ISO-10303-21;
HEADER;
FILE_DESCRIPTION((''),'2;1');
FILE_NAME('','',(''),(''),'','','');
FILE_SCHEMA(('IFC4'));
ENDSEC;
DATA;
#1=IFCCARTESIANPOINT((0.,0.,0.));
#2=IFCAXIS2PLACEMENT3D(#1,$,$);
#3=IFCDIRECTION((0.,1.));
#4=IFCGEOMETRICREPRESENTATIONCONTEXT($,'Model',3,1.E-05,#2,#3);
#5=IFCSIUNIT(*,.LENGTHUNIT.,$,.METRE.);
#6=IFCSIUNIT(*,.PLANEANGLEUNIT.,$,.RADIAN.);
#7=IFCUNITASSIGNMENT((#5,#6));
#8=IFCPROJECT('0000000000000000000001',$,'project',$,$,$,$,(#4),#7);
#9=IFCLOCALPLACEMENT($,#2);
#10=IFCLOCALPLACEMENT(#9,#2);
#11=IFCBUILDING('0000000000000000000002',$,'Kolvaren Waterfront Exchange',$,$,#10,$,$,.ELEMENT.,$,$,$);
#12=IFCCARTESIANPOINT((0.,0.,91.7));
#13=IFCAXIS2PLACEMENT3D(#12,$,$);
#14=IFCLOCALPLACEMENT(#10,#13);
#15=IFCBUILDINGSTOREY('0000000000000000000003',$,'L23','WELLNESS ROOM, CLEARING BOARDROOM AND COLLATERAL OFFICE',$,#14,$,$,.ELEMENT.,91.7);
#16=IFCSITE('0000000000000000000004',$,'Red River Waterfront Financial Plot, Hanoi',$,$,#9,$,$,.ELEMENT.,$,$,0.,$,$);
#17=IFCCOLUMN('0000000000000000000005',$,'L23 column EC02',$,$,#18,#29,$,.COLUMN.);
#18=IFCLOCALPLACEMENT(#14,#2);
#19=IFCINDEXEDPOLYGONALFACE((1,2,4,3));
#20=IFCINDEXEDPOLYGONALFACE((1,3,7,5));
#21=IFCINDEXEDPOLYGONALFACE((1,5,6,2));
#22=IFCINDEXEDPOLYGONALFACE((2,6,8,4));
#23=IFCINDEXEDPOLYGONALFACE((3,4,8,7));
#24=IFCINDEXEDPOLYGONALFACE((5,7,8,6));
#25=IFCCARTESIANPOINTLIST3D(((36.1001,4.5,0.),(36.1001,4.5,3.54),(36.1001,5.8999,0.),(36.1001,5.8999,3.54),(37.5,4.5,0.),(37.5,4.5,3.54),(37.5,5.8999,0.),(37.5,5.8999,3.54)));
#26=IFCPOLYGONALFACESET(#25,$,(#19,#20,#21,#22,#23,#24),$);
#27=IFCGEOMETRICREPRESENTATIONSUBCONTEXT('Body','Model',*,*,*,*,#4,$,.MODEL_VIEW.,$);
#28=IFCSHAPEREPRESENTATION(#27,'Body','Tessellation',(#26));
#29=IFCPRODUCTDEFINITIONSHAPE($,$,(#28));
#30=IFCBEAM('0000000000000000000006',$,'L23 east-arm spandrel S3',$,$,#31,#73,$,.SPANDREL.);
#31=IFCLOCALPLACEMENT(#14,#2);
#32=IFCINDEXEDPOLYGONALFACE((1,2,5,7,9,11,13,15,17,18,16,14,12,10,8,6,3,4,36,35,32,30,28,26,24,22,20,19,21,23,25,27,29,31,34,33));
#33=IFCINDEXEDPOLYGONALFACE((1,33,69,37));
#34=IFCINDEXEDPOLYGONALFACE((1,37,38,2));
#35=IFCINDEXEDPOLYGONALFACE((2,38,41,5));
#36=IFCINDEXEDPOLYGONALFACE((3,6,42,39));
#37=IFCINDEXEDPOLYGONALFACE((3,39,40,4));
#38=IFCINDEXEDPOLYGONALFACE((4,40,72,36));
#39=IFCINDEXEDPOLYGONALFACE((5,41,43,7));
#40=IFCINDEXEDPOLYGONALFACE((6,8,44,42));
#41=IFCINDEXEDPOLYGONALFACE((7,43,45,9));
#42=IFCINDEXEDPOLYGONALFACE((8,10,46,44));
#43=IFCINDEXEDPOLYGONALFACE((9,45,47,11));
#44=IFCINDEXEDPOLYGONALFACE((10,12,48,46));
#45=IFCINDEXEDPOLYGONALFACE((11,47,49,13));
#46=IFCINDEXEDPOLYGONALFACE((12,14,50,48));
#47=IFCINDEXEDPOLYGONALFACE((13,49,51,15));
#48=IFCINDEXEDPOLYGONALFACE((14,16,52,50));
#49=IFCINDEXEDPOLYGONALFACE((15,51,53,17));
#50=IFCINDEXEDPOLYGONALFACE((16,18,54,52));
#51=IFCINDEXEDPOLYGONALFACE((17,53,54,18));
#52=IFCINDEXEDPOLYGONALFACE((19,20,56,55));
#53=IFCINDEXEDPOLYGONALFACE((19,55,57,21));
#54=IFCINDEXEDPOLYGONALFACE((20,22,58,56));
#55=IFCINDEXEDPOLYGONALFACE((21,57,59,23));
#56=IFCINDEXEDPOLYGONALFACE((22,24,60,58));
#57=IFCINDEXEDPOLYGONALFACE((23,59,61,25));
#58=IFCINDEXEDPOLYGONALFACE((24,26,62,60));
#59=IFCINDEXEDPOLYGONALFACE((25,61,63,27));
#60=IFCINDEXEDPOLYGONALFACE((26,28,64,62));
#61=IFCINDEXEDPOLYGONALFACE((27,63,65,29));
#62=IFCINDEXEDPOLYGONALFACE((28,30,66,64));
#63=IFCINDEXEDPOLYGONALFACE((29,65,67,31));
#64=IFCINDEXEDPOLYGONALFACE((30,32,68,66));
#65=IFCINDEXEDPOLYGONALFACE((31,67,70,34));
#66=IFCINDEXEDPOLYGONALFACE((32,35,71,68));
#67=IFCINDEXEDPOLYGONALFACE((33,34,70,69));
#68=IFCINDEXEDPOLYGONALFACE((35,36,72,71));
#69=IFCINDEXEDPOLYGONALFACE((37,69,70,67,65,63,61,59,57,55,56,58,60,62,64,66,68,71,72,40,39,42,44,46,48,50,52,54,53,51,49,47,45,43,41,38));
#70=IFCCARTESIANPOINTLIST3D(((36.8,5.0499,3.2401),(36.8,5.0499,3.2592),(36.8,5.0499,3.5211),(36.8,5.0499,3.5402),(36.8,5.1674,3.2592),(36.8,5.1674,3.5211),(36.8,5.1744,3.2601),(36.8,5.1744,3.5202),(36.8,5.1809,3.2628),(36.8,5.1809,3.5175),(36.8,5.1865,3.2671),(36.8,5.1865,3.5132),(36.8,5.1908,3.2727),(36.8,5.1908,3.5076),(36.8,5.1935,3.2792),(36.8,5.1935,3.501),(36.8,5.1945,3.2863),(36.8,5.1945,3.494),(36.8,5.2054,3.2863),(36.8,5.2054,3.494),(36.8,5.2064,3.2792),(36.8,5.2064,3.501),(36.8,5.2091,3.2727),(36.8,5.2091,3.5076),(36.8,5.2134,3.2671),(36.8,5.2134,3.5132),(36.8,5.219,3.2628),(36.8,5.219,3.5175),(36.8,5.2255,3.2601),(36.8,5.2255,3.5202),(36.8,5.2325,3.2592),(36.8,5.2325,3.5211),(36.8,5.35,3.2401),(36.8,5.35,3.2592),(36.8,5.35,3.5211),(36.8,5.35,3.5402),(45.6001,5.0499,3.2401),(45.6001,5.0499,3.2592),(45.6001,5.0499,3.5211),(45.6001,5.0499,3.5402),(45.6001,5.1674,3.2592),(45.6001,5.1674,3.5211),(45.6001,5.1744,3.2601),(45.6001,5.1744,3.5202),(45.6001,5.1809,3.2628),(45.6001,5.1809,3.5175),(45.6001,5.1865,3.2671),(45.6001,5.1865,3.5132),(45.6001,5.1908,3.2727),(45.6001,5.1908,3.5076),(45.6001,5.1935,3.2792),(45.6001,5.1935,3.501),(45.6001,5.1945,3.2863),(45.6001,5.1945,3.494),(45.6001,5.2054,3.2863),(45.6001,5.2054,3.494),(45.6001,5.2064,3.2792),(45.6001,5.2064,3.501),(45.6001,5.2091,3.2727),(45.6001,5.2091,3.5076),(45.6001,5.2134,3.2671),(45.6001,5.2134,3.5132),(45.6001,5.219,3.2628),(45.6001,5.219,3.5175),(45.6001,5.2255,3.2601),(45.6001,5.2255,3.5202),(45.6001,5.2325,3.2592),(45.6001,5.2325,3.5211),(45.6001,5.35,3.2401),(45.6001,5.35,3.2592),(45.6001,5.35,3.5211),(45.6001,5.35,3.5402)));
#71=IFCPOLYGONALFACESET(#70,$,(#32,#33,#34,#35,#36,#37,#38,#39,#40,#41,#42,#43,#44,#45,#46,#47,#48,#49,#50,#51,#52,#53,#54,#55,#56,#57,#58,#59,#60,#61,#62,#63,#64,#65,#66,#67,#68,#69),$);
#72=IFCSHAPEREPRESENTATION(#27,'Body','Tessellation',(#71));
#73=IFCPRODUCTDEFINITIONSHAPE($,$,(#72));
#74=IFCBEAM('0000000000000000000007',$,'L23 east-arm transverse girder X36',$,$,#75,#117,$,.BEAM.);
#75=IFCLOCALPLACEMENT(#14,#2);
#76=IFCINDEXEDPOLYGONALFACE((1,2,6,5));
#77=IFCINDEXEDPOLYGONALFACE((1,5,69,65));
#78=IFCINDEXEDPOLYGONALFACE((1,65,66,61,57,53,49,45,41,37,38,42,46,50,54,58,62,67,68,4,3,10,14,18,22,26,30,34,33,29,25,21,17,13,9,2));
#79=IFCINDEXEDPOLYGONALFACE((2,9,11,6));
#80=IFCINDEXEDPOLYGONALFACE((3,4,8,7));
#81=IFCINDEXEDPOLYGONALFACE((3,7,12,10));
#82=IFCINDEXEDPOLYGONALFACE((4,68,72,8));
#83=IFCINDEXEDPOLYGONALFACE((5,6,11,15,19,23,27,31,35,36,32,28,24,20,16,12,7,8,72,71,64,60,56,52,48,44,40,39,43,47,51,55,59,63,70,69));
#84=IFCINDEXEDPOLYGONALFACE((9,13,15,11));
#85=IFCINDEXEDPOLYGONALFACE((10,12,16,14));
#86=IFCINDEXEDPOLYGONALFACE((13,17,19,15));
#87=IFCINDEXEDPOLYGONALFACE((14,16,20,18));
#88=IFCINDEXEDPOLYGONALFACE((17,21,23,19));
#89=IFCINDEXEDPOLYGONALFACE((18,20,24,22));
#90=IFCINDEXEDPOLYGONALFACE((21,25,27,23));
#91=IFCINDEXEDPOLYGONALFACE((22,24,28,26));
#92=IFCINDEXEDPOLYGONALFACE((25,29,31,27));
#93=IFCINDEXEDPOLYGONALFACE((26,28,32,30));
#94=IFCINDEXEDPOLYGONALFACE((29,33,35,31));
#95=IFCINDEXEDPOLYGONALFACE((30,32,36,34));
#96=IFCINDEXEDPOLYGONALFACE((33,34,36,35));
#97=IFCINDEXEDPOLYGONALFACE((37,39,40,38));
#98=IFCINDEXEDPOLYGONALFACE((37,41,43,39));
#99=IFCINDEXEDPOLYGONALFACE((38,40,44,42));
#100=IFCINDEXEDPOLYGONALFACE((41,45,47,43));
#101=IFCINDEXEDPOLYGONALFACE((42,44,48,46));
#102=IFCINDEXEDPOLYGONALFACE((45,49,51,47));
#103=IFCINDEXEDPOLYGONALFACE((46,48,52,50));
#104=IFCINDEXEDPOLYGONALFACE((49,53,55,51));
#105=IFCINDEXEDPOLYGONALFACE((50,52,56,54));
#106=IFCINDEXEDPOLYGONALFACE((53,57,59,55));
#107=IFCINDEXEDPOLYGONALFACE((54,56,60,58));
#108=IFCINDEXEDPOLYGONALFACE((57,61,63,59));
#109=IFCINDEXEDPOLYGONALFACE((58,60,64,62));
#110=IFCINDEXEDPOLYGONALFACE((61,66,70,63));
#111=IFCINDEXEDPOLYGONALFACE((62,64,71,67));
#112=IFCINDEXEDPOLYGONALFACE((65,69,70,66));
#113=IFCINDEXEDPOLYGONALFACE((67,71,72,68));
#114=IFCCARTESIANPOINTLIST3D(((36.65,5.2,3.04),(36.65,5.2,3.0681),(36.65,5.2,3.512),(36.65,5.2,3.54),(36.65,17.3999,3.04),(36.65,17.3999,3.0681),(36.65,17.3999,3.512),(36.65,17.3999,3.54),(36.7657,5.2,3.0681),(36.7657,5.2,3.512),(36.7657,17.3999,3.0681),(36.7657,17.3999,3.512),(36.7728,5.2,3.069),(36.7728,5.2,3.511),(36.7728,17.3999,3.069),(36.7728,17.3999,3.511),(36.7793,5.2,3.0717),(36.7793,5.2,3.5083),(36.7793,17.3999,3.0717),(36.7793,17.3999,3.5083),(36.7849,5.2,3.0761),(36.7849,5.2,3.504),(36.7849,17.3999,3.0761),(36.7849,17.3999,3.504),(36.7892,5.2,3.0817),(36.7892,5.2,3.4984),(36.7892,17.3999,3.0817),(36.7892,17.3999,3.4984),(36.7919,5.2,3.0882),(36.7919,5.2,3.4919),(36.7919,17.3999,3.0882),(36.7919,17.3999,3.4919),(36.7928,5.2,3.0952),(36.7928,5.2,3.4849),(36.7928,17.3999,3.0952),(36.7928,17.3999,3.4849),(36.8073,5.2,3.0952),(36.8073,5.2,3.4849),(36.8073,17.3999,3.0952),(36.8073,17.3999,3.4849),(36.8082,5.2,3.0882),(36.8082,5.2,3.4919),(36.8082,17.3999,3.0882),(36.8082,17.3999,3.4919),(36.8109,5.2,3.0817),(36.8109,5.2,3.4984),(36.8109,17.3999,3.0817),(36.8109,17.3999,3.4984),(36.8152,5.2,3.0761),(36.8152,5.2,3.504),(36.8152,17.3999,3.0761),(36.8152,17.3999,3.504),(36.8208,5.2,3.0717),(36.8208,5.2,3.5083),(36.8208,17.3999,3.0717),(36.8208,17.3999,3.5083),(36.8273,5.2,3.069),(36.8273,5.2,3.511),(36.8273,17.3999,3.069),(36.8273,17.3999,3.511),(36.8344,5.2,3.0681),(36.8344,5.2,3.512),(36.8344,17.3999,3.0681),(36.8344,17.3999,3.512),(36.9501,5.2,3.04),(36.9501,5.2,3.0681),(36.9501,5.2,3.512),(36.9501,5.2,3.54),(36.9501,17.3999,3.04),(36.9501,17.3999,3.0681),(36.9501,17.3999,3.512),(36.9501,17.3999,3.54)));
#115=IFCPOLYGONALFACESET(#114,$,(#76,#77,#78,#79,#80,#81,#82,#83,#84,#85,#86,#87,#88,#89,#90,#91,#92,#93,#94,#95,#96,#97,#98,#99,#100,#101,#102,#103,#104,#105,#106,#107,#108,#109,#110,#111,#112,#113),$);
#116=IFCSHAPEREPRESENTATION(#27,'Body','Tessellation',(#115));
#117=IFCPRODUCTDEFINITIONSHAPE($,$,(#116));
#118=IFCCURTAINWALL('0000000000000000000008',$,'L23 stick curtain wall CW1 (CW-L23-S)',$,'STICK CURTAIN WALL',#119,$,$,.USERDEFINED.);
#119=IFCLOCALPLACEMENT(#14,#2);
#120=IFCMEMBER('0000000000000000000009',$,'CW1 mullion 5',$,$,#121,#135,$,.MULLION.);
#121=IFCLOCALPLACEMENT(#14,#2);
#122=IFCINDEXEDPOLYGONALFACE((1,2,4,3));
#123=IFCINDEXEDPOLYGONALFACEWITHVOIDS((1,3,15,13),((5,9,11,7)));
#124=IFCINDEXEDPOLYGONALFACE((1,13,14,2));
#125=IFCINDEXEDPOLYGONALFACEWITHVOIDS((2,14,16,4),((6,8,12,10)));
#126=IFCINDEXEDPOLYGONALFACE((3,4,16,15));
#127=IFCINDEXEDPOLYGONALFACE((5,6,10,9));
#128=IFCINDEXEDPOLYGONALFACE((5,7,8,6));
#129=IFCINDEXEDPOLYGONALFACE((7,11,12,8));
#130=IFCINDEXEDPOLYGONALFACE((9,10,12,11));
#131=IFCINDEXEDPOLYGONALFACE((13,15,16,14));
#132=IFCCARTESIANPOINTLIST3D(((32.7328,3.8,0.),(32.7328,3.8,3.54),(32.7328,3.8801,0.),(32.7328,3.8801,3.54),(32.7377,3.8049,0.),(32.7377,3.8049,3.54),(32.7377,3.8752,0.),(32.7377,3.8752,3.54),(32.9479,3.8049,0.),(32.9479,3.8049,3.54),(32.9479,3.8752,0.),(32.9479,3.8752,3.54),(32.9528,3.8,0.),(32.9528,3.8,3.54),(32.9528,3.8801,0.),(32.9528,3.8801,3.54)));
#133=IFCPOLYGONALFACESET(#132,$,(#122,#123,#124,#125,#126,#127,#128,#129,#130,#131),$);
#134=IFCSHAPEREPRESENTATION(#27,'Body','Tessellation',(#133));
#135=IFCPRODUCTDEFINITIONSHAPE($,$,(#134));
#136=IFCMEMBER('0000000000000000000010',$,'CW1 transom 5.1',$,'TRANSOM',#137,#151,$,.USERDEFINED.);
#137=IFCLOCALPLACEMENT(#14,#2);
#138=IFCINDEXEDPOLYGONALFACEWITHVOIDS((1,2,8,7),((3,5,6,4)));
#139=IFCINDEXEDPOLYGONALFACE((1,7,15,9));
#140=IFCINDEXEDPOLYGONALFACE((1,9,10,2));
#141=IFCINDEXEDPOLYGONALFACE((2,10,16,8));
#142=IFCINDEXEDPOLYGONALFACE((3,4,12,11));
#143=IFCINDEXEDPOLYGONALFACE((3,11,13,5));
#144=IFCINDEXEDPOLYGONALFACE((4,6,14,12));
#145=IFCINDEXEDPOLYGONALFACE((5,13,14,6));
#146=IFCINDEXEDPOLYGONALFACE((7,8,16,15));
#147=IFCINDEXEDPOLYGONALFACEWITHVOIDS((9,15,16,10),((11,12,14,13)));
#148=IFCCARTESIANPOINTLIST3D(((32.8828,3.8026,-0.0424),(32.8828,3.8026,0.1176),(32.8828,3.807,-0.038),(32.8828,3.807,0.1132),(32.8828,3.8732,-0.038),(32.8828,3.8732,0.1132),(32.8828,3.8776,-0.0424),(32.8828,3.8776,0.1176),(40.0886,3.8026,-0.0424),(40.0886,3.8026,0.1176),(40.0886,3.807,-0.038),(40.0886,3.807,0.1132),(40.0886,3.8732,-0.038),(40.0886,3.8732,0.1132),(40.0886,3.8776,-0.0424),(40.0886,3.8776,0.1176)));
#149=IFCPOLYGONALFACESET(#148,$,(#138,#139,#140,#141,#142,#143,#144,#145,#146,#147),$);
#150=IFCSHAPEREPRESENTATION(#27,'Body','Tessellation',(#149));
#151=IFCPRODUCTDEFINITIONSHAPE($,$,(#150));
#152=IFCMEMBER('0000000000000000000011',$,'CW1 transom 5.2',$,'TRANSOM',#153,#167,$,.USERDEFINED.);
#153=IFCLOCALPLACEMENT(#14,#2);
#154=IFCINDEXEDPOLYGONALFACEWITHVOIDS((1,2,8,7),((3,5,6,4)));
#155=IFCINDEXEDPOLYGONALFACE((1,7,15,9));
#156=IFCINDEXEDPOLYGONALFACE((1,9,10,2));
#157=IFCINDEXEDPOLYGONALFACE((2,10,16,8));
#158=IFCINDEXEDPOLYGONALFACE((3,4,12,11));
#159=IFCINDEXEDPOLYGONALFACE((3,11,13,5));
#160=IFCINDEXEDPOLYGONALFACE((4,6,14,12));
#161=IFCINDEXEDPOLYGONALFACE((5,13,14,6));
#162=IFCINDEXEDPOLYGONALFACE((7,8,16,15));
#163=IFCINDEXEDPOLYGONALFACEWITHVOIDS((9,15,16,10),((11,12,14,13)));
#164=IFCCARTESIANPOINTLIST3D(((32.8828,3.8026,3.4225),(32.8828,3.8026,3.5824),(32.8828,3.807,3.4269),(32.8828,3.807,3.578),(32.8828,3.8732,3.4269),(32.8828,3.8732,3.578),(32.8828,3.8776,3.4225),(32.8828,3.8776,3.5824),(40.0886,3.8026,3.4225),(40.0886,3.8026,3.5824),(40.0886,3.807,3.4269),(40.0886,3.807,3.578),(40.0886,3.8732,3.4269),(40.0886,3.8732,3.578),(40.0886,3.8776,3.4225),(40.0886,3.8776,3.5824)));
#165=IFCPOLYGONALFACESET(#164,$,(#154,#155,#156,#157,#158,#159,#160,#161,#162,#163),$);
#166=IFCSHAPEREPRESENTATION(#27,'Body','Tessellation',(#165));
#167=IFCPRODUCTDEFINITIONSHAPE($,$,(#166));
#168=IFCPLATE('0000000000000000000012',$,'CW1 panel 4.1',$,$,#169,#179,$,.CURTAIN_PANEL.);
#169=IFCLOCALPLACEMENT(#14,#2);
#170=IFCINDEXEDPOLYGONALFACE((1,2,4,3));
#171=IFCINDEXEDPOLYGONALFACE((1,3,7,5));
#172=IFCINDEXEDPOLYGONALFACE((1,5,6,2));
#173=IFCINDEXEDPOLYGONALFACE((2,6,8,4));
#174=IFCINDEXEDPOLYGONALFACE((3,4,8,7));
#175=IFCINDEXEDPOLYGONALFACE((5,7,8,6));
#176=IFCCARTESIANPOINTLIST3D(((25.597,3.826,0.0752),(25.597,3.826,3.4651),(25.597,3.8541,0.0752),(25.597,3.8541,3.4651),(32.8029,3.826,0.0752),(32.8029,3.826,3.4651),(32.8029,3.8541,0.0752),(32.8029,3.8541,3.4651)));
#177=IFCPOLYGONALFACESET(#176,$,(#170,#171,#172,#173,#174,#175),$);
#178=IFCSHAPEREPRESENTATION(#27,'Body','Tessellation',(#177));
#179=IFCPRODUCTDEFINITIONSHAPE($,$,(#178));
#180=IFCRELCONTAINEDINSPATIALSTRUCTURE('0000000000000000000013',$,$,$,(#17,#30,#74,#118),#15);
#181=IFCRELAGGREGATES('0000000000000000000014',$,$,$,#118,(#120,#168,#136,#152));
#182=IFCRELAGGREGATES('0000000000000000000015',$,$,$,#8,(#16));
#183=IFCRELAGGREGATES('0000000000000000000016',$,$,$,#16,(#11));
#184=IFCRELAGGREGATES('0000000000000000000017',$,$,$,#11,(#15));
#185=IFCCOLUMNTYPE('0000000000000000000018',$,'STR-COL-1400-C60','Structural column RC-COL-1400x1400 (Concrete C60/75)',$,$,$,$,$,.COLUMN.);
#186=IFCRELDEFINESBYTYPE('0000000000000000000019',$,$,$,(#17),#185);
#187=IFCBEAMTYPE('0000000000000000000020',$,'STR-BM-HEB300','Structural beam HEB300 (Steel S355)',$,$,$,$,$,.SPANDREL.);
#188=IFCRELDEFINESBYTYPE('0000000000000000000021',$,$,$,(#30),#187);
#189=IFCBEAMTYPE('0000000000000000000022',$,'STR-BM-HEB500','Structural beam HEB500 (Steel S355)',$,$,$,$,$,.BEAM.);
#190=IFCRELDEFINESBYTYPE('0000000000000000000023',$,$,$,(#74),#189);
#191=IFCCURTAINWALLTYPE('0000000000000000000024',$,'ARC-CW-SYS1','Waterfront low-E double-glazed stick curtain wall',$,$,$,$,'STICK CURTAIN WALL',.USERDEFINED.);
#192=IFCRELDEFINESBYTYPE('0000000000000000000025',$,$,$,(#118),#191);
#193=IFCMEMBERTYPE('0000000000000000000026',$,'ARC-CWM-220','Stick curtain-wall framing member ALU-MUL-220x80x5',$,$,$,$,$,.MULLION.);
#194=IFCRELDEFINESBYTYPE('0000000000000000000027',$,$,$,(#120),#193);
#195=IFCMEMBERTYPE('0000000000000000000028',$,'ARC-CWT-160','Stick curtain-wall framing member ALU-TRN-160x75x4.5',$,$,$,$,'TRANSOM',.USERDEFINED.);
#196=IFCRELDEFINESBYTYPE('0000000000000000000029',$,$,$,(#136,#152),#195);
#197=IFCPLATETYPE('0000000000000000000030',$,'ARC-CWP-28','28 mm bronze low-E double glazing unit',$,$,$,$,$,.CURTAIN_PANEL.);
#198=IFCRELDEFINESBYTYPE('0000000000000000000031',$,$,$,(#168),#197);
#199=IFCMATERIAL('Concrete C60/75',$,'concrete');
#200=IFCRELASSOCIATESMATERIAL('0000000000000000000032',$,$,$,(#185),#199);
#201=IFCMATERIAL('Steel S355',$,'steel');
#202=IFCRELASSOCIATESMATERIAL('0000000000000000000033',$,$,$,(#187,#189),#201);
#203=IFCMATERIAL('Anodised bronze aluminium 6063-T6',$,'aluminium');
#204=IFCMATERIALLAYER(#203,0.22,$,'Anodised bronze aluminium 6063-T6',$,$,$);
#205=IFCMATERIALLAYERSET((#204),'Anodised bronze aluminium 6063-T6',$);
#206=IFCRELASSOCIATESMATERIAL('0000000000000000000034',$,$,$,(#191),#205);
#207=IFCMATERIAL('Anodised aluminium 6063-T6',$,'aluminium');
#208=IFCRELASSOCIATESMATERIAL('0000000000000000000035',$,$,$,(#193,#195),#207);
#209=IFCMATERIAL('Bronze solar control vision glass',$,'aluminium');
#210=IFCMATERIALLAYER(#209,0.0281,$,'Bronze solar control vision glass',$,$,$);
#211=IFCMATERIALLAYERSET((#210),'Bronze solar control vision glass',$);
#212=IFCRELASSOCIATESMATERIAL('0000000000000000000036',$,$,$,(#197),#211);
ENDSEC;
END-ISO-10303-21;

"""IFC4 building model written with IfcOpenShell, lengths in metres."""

from ifc_helpers import new_model, si_unit, direction, frame, origin, origin_with_axes, origin_2d, place, context, subcontext, project, spatial, rectangle, hollow_rectangle, i_section, extrude, source, transform, mapped, material, layer, layer_set, material_profile, profile_set, type_object, element, aggregate, save


model = new_model("IFC4")

# Units and contexts
model_context = context("Model", 3, precision=1e-05, world=origin(), true_north=direction((0.0, 1.0)))
body_context = subcontext(model_context, "Body", "Model", "MODEL_VIEW")
ifc_project = project(units=[si_unit("LENGTHUNIT", "METRE"), si_unit("PLANEANGLEUNIT", "RADIAN")], contexts=[model_context])

# Site, building, storey
site_placement = place(None, origin())
site = spatial("IfcSite", under=ifc_project, at=site_placement, Name="Red River Waterfront Financial Plot, Hanoi", CompositionType="ELEMENT", RefElevation=0.0)
building_placement = place(site_placement, origin())
building = spatial("IfcBuilding", under=site, at=building_placement, Name="Kolvaren Waterfront Exchange", CompositionType="ELEMENT")
storey_placement = place(building_placement, frame((0.0, 0.0, 91.7)))
storey = spatial("IfcBuildingStorey", under=building, at=storey_placement, Name="L23", Description="WELLNESS ROOM, CLEARING BOARDROOM AND COLLATERAL OFFICE", CompositionType="ELEMENT", Elevation=91.7)

# Column
ifc_material_1 = material(Name="Concrete C60/75", Category="concrete")
ifc_material_profile_1 = material_profile(ifc_material_1, rectangle(XDim=1.3999, YDim=1.3999, at=origin_2d()), Name="RC-COL-1400x1400")
ifc_profile_set_1 = profile_set([ifc_material_profile_1], Name="Concrete C60/75")
column_type = type_object("IfcColumnType", Name="STR-COL-1400-C60", Description="Structural column RC-COL-1400x1400 (Concrete C60/75)", PredefinedType="COLUMN", material=ifc_profile_set_1)
column_placement = place(storey_placement, frame((36.8, 5.2, 0.0), z_axis=(0.0, 0.0, 1.0), x_axis=(1.0, 0.0, 0.0)))
element("IfcColumn", 1, at=column_placement, inside=storey, type_object=column_type, Name="L23 column EC02", PredefinedType="COLUMN", context=body_context, shape_type="SweptSolid", body=[
    extrude(rectangle(XDim=1.3999, YDim=1.3999, at=origin_2d()), origin(), (0.0, 0.0, 1.0), 3.54),
])

# Beams
ifc_material_2 = material(Name="Steel S355", Category="steel")
ifc_material_profile_2 = material_profile(ifc_material_2, i_section(OverallWidth=0.3, OverallDepth=0.3, WebThickness=0.011, FlangeThickness=0.019, FilletRadius=0.0271, at=origin_2d()), Name="HEB300")
ifc_profile_set_2 = profile_set([ifc_material_profile_2], Name="Steel S355")
beam_type_1 = type_object("IfcBeamType", Name="STR-BM-HEB300", Description="Structural beam HEB300 (Steel S355)", PredefinedType="SPANDREL", material=ifc_profile_set_2)
beam_1_placement = place(storey_placement, frame((36.8, 5.2, 3.3901), z_axis=(1.0, 0.0, 0.0), x_axis=(0.0, 1.0, 0.0)))
element("IfcBeam", 2, at=beam_1_placement, inside=storey, type_object=beam_type_1, Name="L23 east-arm spandrel S3", PredefinedType="SPANDREL", context=body_context, shape_type="SweptSolid", body=[
    extrude(i_section(OverallWidth=0.3, OverallDepth=0.3, WebThickness=0.011, FlangeThickness=0.019, FilletRadius=0.0271, at=origin_2d()), origin(), (0.0, 0.0, 1.0), 8.8),
])
ifc_material_profile_3 = material_profile(ifc_material_2, i_section(OverallWidth=0.3, OverallDepth=0.5, WebThickness=0.0144, FlangeThickness=0.0281, FilletRadius=0.0271, at=origin_2d()), Name="HEB500")
ifc_profile_set_3 = profile_set([ifc_material_profile_3], Name="Steel S355")
beam_type_2 = type_object("IfcBeamType", Name="STR-BM-HEB500", Description="Structural beam HEB500 (Steel S355)", PredefinedType="BEAM", material=ifc_profile_set_3)
beam_2_placement = place(storey_placement, frame((36.8, 5.2, 3.29), z_axis=(0.0, 1.0, 0.0), x_axis=(-1.0, 0.0, 0.0)))
element("IfcBeam", 3, at=beam_2_placement, inside=storey, type_object=beam_type_2, Name="L23 east-arm transverse girder X36", PredefinedType="BEAM", context=body_context, shape_type="SweptSolid", body=[
    extrude(i_section(OverallWidth=0.3, OverallDepth=0.5, WebThickness=0.0144, FlangeThickness=0.0281, FilletRadius=0.0271, at=origin_2d()), origin(), (0.0, 0.0, 1.0), 12.2),
])

# Curtain wall, members, plate
ifc_material_3 = material(Name="Anodised bronze aluminium 6063-T6", Category="aluminium")
ifc_layer_1 = layer(ifc_material_3, 0.22, Name="Anodised bronze aluminium 6063-T6")
ifc_layer_set_1 = layer_set([ifc_layer_1], Name="Anodised bronze aluminium 6063-T6")
curtain_wall_type = type_object("IfcCurtainWallType", Name="ARC-CW-SYS1", Description="Waterfront low-E double-glazed stick curtain wall", ElementType="STICK CURTAIN WALL", PredefinedType="USERDEFINED", material=ifc_layer_set_1)
curtain_wall_placement = place(storey_placement, origin())
curtain_wall = element("IfcCurtainWall", 4, at=curtain_wall_placement, inside=storey, type_object=curtain_wall_type, Name="L23 stick curtain wall CW1 (CW-L23-S)", ObjectType="STICK CURTAIN WALL", PredefinedType="USERDEFINED")
ifc_material_4 = material(Name="Anodised aluminium 6063-T6", Category="aluminium")
ifc_material_profile_4 = material_profile(ifc_material_4, hollow_rectangle(XDim=0.0801, YDim=0.22, WallThickness=0.0049, at=origin_2d()), Name="ALU-MUL-220x80x5")
ifc_profile_set_4 = profile_set([ifc_material_profile_4], Name="Anodised aluminium 6063-T6")
member_type_1 = type_object("IfcMemberType", Name="ARC-CWM-220", Description="Stick curtain-wall framing member ALU-MUL-220x80x5", PredefinedType="MULLION", material=ifc_profile_set_4)
shared_shape_1 = source(origin_with_axes(), body_context, "Body", "SweptSolid", [
    extrude(hollow_rectangle(XDim=0.0801, YDim=0.22, WallThickness=0.0049, at=origin_2d()), origin(), (0.0, 0.0, 1.0), 3.54),
])
member_1_placement = place(storey_placement, frame((32.8428, 3.8401, 0.0), z_axis=(0.0, 0.0, 1.0), x_axis=(0.0, 1.0, 0.0)))
member_1 = element("IfcMember", 5, at=member_1_placement, type_object=member_type_1, Name="CW1 mullion 5", PredefinedType="MULLION", context=body_context, shape_type="MappedRepresentation", body=[
    mapped(shared_shape_1, transform((0.0, 0.0, 0.0), x_axis=(1.0, 0.0, 0.0), y_axis=(0.0, 1.0, 0.0), z_axis=(0.0, 0.0, 1.0), scale=1.0)),
])
ifc_material_profile_5 = material_profile(ifc_material_4, hollow_rectangle(XDim=0.075, YDim=0.1599, WallThickness=0.0044, at=origin_2d()), Name="ALU-TRN-160x75x4.5")
ifc_profile_set_5 = profile_set([ifc_material_profile_5], Name="Anodised aluminium 6063-T6")
member_type_2 = type_object("IfcMemberType", Name="ARC-CWT-160", Description="Stick curtain-wall framing member ALU-TRN-160x75x4.5", ElementType="TRANSOM", PredefinedType="USERDEFINED", material=ifc_profile_set_5)
shared_shape_2 = source(origin_with_axes(), body_context, "Body", "SweptSolid", [
    extrude(hollow_rectangle(XDim=0.075, YDim=0.1599, WallThickness=0.0044, at=origin_2d()), origin(), (0.0, 0.0, 1.0), 7.2058),
])
member_2_placement = place(storey_placement, frame((32.8828, 3.8401, 0.0376), z_axis=(1.0, 0.0, 0.0), x_axis=(0.0, 1.0, 0.0)))
member_2 = element("IfcMember", 6, at=member_2_placement, type_object=member_type_2, Name="CW1 transom 5.1", ObjectType="TRANSOM", PredefinedType="USERDEFINED", context=body_context, shape_type="MappedRepresentation", body=[
    mapped(shared_shape_2, transform((0.0, 0.0, 0.0), x_axis=(1.0, 0.0, 0.0), y_axis=(0.0, 1.0, 0.0), z_axis=(0.0, 0.0, 1.0), scale=1.0)),
])
member_3_placement = place(storey_placement, frame((32.8828, 3.8401, 3.5024), z_axis=(1.0, 0.0, 0.0), x_axis=(0.0, 1.0, 0.0)))
member_3 = element("IfcMember", 7, at=member_3_placement, type_object=member_type_2, Name="CW1 transom 5.2", ObjectType="TRANSOM", PredefinedType="USERDEFINED", context=body_context, shape_type="MappedRepresentation", body=[
    mapped(shared_shape_2, transform((0.0, 0.0, 0.0), x_axis=(1.0, 0.0, 0.0), y_axis=(0.0, 1.0, 0.0), z_axis=(0.0, 0.0, 1.0), scale=1.0)),
])
ifc_material_5 = material(Name="Bronze solar control vision glass", Category="aluminium")
ifc_layer_2 = layer(ifc_material_5, 0.0281, Name="Bronze solar control vision glass")
ifc_layer_set_2 = layer_set([ifc_layer_2], Name="Bronze solar control vision glass")
plate_type = type_object("IfcPlateType", Name="ARC-CWP-28", Description="28 mm bronze low-E double glazing unit", PredefinedType="CURTAIN_PANEL", material=ifc_layer_set_2)
shared_shape_3 = source(origin_with_axes(), body_context, "Body", "SweptSolid", [
    extrude(rectangle(XDim=7.2058, YDim=0.0281, at=origin_2d()), origin(), (0.0, 0.0, 1.0), 3.3899),
])
plate_1_placement = place(storey_placement, frame((29.2, 3.8401, 0.0752), z_axis=(0.0, 0.0, 1.0), x_axis=(1.0, 0.0, 0.0)))
plate_1 = element("IfcPlate", 8, at=plate_1_placement, type_object=plate_type, Name="CW1 panel 4.1", PredefinedType="CURTAIN_PANEL", context=body_context, shape_type="MappedRepresentation", body=[
    mapped(shared_shape_3, transform((0.0, 0.0, 0.0), x_axis=(1.0, 0.0, 0.0), y_axis=(0.0, 1.0, 0.0), z_axis=(0.0, 0.0, 1.0), scale=1.0)),
])
aggregate(curtain_wall, [member_1, plate_1, member_2, member_3])

save(model, "model.ifc")
